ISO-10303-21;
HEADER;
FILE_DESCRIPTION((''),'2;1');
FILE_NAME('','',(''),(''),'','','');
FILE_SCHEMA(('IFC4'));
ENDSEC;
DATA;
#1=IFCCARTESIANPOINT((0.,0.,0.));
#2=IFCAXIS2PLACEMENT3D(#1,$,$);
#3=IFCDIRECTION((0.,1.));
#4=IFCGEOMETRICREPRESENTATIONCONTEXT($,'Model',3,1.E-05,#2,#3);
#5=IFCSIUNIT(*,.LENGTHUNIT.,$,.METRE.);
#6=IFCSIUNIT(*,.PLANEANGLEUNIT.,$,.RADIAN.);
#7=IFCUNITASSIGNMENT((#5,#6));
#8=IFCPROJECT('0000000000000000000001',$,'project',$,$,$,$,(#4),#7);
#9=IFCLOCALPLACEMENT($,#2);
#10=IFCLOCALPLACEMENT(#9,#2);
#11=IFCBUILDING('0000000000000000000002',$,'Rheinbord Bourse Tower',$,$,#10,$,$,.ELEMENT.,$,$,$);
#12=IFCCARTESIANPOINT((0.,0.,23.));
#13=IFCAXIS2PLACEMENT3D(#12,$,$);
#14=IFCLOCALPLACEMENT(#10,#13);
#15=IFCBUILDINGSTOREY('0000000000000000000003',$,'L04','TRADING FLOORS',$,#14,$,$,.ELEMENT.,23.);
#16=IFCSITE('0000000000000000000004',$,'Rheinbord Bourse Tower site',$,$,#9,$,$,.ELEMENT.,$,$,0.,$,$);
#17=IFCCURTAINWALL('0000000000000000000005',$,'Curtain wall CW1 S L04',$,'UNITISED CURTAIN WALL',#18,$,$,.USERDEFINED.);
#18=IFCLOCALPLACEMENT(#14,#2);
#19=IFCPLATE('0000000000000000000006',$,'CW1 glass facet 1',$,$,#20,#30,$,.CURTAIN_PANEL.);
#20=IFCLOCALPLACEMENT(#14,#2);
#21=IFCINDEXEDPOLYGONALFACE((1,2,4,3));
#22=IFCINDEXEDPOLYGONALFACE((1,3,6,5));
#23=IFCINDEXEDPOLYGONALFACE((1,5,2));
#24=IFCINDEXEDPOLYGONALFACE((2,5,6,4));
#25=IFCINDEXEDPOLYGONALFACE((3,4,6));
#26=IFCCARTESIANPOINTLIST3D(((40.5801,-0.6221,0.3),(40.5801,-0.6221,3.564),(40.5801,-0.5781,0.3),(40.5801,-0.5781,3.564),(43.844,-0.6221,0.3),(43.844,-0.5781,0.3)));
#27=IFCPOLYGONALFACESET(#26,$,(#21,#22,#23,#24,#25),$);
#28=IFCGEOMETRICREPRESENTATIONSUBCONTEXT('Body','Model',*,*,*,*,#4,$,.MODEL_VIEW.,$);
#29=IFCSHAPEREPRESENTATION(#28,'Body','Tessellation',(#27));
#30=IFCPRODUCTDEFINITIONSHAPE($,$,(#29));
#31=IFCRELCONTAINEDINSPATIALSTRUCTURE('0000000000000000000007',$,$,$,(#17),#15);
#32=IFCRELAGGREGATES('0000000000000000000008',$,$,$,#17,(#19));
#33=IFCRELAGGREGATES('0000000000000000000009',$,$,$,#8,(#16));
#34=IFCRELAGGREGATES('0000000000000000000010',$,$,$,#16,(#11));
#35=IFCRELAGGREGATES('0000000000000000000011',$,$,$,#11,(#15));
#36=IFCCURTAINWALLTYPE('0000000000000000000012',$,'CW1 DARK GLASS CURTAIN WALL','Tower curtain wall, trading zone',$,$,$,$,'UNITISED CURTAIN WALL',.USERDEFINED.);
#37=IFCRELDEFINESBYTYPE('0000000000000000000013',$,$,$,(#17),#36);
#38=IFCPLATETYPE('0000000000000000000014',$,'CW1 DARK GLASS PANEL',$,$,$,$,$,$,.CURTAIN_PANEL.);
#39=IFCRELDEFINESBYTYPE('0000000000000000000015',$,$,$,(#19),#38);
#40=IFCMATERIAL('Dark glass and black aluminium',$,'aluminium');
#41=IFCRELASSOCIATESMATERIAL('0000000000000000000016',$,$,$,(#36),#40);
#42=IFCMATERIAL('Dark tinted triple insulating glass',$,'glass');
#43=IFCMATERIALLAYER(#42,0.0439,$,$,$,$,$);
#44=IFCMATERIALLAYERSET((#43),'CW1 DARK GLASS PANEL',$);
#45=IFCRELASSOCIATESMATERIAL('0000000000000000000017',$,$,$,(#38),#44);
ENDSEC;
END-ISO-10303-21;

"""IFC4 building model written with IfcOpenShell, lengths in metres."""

from ifc_helpers import new_model, si_unit, direction, frame, origin, place, context, subcontext, project, spatial, polyline, outline, extrude, material, layer, layer_set, type_object, element, aggregate, save


model = new_model("IFC4")

# Units and contexts
model_context = context("Model", 3, precision=1e-05, world=origin(), true_north=direction((0.0, 1.0)))
body_context = subcontext(model_context, "Body", "Model", "MODEL_VIEW")
ifc_project = project(units=[si_unit("LENGTHUNIT", "METRE"), si_unit("PLANEANGLEUNIT", "RADIAN")], contexts=[model_context])

# Site, building, storey
site_placement = place(None, origin())
site = spatial("IfcSite", under=ifc_project, at=site_placement, Name="Rheinbord Bourse Tower site", CompositionType="ELEMENT", RefElevation=0.0)
building_placement = place(site_placement, origin())
building = spatial("IfcBuilding", under=site, at=building_placement, Name="Rheinbord Bourse Tower", CompositionType="ELEMENT")
storey_placement = place(building_placement, frame((0.0, 0.0, 23.0)))
storey = spatial("IfcBuildingStorey", under=building, at=storey_placement, Name="L04", Description="TRADING FLOORS", CompositionType="ELEMENT", Elevation=23.0)

# Curtain wall
ifc_material_1 = material(Name="Dark glass and black aluminium", Category="aluminium")
curtain_wall_type = type_object("IfcCurtainWallType", Name="CW1 DARK GLASS CURTAIN WALL", Description="Tower curtain wall, trading zone", ElementType="UNITISED CURTAIN WALL", PredefinedType="USERDEFINED", material=ifc_material_1)
curtain_wall_placement = place(storey_placement, origin())
curtain_wall = element("IfcCurtainWall", 1, at=curtain_wall_placement, inside=storey, type_object=curtain_wall_type, Name="Curtain wall CW1 S L04", ObjectType="UNITISED CURTAIN WALL", PredefinedType="USERDEFINED")

# Plate
ifc_material_2 = material(Name="Dark tinted triple insulating glass", Category="glass")
ifc_layer = layer(ifc_material_2, 0.0439)
ifc_layer_set = layer_set([ifc_layer], Name="CW1 DARK GLASS PANEL")
plate_type = type_object("IfcPlateType", Name="CW1 DARK GLASS PANEL", PredefinedType="CURTAIN_PANEL", material=ifc_layer_set)
plate_placement = place(storey_placement, frame((40.5801, -0.6221, 0.3), z_axis=(0.0, 1.0, 0.0), x_axis=(0.0, 0.0, 1.0)))
plate = element("IfcPlate", 2, at=plate_placement, type_object=plate_type, Name="CW1 glass facet 1", PredefinedType="CURTAIN_PANEL", context=body_context, shape_type="SweptSolid", body=[
    extrude(outline(polyline([(0.0, 0.0), (3.2639, 0.0), (0.0, 3.2639), (0.0, 0.0)])), origin(), (0.0, 0.0, 1.0), 0.0439),
])
aggregate(curtain_wall, [plate])

save(model, "model.ifc")
